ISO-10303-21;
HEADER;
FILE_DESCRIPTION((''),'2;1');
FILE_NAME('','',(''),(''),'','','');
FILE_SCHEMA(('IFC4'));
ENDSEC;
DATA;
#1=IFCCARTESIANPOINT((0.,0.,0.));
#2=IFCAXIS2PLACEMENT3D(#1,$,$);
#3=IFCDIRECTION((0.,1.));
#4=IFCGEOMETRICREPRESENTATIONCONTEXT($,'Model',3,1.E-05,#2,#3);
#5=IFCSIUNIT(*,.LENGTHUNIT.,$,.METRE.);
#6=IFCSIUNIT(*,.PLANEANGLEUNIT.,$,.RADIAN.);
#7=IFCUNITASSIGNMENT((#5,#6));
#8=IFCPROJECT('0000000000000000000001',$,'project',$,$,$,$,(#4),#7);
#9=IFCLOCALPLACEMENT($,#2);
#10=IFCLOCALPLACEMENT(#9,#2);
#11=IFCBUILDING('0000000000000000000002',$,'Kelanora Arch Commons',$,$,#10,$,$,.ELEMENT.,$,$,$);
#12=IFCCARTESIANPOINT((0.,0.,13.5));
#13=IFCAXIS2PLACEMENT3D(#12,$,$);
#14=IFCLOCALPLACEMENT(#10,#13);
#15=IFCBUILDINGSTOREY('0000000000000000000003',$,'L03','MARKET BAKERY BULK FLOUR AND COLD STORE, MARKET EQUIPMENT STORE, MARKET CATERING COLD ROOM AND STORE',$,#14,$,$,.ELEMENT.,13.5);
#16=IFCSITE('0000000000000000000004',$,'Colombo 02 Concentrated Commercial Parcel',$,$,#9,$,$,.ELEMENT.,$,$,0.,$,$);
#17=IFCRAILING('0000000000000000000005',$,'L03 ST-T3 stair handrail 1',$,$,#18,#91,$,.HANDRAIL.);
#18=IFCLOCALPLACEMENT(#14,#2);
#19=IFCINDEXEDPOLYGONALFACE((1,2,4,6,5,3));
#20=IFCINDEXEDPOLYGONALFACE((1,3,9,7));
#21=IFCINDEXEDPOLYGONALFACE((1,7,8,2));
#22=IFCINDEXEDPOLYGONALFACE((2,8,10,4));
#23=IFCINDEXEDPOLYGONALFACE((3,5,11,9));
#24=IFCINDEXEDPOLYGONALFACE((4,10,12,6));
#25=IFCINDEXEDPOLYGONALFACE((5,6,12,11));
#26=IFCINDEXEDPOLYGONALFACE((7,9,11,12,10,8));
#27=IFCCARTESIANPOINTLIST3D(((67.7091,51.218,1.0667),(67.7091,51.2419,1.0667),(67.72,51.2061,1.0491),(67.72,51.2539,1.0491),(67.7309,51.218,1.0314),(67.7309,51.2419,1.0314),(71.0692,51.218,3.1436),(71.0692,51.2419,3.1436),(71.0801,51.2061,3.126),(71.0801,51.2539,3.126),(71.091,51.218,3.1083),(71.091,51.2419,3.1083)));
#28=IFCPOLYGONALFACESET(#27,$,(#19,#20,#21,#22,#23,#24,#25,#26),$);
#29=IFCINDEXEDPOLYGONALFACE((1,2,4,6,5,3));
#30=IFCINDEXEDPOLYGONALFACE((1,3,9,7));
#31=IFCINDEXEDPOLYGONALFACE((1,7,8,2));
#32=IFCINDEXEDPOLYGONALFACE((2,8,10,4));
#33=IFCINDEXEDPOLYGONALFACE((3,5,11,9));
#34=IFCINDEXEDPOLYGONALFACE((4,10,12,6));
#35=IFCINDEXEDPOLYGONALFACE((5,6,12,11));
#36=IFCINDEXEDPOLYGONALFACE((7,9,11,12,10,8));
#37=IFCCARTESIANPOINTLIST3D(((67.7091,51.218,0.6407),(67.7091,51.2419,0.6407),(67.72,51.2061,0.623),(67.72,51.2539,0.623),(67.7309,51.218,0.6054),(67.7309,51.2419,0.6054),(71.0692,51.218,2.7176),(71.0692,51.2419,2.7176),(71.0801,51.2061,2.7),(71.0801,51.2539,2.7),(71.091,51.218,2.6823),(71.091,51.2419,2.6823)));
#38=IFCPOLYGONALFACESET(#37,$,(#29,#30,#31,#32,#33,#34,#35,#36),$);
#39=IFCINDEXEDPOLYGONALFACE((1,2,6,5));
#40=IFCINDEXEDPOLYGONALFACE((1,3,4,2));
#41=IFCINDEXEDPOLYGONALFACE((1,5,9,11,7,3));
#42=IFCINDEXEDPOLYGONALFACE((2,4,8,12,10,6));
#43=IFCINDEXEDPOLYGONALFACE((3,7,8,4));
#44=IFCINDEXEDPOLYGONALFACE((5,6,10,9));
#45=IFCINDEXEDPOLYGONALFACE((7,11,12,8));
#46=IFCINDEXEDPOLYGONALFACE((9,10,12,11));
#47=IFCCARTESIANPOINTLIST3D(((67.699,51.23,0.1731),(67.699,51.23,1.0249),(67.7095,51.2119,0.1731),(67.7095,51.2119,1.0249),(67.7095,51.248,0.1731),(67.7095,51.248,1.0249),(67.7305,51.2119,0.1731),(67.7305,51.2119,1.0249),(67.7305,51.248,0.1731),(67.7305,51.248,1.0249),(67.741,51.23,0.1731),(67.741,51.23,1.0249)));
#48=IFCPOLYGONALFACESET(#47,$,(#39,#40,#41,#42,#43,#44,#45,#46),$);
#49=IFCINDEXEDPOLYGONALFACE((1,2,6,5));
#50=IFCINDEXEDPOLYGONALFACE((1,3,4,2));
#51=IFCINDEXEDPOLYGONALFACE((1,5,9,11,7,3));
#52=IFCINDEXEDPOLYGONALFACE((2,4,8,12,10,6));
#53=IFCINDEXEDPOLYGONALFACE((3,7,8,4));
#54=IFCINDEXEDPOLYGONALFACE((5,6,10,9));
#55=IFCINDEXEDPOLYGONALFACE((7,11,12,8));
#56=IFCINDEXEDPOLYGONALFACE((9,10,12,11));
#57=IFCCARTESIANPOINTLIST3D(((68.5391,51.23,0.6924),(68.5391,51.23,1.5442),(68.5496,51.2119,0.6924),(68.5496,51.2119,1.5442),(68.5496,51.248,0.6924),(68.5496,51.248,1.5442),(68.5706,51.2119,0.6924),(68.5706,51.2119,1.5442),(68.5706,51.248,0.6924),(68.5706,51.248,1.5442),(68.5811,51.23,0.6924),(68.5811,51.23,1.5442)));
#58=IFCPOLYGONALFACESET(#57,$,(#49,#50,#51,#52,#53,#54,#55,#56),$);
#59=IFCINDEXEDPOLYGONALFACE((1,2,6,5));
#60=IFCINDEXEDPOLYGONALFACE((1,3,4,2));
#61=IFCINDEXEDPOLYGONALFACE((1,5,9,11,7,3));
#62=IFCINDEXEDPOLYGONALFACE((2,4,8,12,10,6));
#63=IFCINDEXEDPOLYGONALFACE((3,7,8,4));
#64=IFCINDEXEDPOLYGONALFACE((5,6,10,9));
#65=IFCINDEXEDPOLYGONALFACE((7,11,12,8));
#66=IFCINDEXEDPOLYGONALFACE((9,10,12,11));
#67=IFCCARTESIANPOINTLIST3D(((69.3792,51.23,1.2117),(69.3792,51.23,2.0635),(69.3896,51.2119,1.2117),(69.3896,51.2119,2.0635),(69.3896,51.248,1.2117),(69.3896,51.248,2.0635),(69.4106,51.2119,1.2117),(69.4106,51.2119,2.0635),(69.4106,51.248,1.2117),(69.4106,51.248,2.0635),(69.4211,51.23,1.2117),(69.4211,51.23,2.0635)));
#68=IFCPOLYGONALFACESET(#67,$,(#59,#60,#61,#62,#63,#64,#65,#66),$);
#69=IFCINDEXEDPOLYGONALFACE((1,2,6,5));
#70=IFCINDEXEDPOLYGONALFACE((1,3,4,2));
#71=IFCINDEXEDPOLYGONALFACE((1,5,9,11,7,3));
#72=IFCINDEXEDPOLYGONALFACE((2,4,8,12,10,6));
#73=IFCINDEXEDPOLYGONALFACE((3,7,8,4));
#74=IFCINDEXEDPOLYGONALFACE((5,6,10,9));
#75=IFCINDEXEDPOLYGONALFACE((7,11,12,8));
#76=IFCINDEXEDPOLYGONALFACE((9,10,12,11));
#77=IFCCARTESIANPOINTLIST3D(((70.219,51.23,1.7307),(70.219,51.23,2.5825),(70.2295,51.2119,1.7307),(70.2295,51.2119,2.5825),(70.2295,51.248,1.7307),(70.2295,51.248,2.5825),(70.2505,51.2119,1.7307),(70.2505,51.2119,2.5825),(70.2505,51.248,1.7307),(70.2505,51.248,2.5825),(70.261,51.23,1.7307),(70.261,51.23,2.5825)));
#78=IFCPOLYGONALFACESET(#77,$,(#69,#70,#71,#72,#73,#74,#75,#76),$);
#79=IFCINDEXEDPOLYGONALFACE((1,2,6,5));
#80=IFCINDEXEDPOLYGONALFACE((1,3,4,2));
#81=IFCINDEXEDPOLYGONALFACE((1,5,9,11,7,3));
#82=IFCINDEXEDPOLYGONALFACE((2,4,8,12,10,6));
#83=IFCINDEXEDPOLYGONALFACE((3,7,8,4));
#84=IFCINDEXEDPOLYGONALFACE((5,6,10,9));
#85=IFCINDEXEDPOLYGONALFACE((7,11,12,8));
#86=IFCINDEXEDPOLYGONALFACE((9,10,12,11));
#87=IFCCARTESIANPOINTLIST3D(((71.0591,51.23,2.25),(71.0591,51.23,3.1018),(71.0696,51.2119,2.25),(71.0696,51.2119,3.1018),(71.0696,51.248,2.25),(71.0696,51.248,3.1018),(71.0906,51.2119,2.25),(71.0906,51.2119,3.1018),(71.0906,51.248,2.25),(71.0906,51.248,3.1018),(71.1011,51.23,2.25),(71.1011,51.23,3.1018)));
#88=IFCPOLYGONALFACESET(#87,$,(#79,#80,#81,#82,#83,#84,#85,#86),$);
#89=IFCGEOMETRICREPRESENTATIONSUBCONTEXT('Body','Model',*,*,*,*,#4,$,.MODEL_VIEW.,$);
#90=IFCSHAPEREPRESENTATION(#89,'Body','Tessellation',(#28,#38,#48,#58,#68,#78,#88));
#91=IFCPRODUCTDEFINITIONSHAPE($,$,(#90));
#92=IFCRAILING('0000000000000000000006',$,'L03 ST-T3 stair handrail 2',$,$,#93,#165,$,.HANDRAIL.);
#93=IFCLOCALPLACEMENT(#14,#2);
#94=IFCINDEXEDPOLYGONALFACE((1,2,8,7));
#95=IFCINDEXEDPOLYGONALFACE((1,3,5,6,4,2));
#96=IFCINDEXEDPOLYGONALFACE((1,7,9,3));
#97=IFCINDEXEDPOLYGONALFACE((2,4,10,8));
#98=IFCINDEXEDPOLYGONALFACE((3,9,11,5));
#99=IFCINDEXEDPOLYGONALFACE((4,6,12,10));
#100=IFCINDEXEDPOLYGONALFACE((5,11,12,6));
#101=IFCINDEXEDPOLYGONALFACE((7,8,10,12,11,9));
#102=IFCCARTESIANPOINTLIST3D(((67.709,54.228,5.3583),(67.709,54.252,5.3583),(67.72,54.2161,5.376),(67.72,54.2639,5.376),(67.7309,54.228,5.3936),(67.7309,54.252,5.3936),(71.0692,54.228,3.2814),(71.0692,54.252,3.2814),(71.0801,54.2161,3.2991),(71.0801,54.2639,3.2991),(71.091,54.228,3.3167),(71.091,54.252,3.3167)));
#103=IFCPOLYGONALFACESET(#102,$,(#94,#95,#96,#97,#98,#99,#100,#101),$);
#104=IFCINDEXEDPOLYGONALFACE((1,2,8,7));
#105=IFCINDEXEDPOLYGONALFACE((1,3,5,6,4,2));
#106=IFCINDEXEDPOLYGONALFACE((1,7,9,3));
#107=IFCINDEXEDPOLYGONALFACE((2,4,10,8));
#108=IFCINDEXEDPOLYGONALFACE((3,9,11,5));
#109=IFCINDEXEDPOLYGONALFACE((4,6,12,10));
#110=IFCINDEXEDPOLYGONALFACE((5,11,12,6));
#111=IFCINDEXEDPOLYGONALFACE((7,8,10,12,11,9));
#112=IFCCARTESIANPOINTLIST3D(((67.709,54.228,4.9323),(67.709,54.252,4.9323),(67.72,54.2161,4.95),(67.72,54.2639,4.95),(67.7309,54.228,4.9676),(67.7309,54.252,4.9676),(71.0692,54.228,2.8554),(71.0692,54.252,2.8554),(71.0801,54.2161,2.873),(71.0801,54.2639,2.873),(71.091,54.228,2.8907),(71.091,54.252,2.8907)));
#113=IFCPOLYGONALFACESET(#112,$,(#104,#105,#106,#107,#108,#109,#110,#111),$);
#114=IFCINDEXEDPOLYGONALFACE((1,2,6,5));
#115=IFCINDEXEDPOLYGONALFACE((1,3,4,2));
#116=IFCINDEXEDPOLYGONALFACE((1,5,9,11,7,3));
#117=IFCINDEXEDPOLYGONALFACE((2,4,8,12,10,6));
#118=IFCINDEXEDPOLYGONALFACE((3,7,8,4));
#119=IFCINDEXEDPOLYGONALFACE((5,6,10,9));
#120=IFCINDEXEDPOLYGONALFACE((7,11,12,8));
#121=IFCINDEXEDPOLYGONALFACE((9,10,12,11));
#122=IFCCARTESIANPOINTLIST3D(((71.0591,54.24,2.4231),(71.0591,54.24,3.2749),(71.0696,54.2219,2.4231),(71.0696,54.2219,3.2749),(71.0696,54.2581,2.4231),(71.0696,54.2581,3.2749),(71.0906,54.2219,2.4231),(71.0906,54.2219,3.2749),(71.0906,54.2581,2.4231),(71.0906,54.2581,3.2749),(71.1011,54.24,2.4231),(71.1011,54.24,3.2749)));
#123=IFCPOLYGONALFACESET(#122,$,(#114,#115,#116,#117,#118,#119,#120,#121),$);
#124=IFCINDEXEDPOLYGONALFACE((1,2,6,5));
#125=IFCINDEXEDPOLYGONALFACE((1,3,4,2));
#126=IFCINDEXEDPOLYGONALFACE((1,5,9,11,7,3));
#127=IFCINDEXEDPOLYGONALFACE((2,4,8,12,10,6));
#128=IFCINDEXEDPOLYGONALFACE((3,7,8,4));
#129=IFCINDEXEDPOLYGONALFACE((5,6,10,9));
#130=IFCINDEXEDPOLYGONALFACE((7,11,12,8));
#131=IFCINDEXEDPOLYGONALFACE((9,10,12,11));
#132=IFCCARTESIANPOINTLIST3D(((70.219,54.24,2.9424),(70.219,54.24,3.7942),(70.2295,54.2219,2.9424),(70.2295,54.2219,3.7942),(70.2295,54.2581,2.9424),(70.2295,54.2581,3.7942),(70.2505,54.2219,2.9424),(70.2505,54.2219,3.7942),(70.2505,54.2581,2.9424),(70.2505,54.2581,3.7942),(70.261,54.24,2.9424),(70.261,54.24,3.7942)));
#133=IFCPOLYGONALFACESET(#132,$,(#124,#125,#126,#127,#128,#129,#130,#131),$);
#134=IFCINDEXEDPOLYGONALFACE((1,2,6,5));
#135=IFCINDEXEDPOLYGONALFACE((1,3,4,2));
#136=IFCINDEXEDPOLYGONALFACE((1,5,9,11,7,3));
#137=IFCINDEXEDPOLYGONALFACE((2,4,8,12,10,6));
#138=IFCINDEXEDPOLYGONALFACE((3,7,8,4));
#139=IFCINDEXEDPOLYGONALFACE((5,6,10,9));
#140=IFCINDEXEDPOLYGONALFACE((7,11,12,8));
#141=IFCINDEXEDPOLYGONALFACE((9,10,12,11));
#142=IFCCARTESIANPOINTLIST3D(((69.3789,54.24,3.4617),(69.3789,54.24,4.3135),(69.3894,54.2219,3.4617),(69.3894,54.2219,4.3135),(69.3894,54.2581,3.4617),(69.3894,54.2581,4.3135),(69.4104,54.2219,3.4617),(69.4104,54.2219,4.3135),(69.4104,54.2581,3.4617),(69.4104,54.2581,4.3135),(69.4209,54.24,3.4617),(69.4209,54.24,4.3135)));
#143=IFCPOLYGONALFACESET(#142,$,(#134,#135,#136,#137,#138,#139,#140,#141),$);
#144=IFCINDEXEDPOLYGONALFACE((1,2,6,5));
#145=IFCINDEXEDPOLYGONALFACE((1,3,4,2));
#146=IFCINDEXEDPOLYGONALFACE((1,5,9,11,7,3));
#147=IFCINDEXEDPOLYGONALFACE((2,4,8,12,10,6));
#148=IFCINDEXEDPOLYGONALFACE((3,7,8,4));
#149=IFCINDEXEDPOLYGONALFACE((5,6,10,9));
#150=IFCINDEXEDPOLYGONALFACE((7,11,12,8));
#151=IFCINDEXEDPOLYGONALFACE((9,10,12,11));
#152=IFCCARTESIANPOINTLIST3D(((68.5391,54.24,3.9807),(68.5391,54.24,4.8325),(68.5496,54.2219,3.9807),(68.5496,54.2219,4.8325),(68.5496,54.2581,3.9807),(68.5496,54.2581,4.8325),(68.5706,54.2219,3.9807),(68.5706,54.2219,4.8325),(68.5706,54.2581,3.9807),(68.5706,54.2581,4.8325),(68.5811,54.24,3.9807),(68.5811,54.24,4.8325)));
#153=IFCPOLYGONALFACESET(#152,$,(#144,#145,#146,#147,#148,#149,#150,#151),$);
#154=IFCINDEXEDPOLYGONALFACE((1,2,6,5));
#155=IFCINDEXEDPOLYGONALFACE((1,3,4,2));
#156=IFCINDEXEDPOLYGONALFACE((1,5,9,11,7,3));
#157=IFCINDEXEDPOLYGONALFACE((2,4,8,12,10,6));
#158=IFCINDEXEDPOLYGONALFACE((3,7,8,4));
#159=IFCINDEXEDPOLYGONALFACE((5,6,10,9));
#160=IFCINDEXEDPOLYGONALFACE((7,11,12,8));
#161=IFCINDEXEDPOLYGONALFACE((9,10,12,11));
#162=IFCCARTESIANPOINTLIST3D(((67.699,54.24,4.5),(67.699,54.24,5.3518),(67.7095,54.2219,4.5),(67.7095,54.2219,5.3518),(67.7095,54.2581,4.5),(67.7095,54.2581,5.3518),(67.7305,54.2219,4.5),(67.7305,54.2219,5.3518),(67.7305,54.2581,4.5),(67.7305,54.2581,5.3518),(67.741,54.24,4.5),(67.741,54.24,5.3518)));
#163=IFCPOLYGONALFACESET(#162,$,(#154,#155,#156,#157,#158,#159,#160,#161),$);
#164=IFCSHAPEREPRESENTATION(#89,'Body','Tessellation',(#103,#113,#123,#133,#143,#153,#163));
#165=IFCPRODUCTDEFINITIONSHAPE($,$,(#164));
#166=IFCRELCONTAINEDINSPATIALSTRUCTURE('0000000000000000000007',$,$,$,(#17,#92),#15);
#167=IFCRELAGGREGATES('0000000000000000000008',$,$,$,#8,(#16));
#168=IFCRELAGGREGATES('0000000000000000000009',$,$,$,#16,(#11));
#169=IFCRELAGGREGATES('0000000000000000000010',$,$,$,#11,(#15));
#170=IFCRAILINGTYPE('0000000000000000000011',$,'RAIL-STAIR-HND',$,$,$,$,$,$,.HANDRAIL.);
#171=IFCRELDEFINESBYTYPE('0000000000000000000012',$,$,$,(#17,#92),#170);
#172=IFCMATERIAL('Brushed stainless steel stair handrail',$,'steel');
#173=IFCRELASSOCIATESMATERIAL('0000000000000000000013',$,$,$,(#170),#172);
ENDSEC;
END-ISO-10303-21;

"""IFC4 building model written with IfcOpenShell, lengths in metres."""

from ifc_helpers import new_model, si_unit, direction, frame, origin, place, context, subcontext, project, spatial, polyline, outline, extrude, material, type_object, element, save


model = new_model("IFC4")

# Units and contexts
model_context = context("Model", 3, precision=1e-05, world=origin(), true_north=direction((0.0, 1.0)))
body_context = subcontext(model_context, "Body", "Model", "MODEL_VIEW")
ifc_project = project(units=[si_unit("LENGTHUNIT", "METRE"), si_unit("PLANEANGLEUNIT", "RADIAN")], contexts=[model_context])

# Site, building, storey
site_placement = place(None, origin())
site = spatial("IfcSite", under=ifc_project, at=site_placement, Name="Colombo 02 Concentrated Commercial Parcel", CompositionType="ELEMENT", RefElevation=0.0)
building_placement = place(site_placement, origin())
building = spatial("IfcBuilding", under=site, at=building_placement, Name="Kelanora Arch Commons", CompositionType="ELEMENT")
storey_placement = place(building_placement, frame((0.0, 0.0, 13.5)))
storey = spatial("IfcBuildingStorey", under=building, at=storey_placement, Name="L03", Description="MARKET BAKERY BULK FLOUR AND COLD STORE, MARKET EQUIPMENT STORE, MARKET CATERING COLD ROOM AND STORE", CompositionType="ELEMENT", Elevation=13.5)

# Railings
ifc_material_1 = material(Name="Brushed stainless steel stair handrail", Category="steel")
railing_type_1 = type_object("IfcRailingType", Name="RAIL-STAIR-HND", PredefinedType="HANDRAIL", material=ifc_material_1)
railing_1_placement = place(storey_placement, frame((67.72, 51.23, 0.1731)))
element("IfcRailing", 1, at=railing_1_placement, inside=storey, type_object=railing_type_1, Name="L03 ST-T3 stair handrail 1", PredefinedType="HANDRAIL", context=body_context, shape_type="SweptSolid", body=[
    extrude(outline(polyline([(0.0239, 0.0), (0.012, 0.0208), (-0.012, 0.0208), (-0.0239, 0.0), (-0.012, -0.0208), (0.012, -0.0208), (0.0239, 0.0)])), frame((0.0, 0.0, 0.876), z_axis=(0.850623, 0.0, 0.525776), x_axis=(0.0, 1.0, 0.0)), (0.0, 0.0, 1.0), 3.9502),
    extrude(outline(polyline([(0.0239, 0.0), (0.012, 0.0208), (-0.012, 0.0208), (-0.0239, 0.0), (-0.012, -0.0208), (0.012, -0.0208), (0.0239, 0.0)])), frame((0.0, 0.0, 0.45), z_axis=(0.850623, 0.0, 0.525776), x_axis=(0.0, 1.0, 0.0)), (0.0, 0.0, 1.0), 3.9502),
    extrude(outline(polyline([(0.021, 0.0), (0.0105, 0.0181), (-0.0105, 0.0181), (-0.021, 0.0), (-0.0105, -0.0181), (0.0105, -0.0181), (0.021, 0.0)])), origin(), (0.0, 0.0, 1.0), 0.8518),
    extrude(outline(polyline([(0.021, 0.0), (0.0105, 0.0181), (-0.0105, 0.0181), (-0.021, 0.0), (-0.0105, -0.0181), (0.0105, -0.0181), (0.021, 0.0)])), frame((0.8401, 0.0, 0.5193)), (0.0, 0.0, 1.0), 0.8518),
    extrude(outline(polyline([(0.021, 0.0), (0.0105, 0.0181), (-0.0105, 0.0181), (-0.021, 0.0), (-0.0105, -0.0181), (0.0105, -0.0181), (0.021, 0.0)])), frame((1.6802, 0.0, 1.0386)), (0.0, 0.0, 1.0), 0.8518),
    extrude(outline(polyline([(0.021, 0.0), (0.0105, 0.0181), (-0.0105, 0.0181), (-0.021, 0.0), (-0.0105, -0.0181), (0.0105, -0.0181), (0.021, 0.0)])), frame((2.52, 0.0, 1.5576)), (0.0, 0.0, 1.0), 0.8518),
    extrude(outline(polyline([(0.021, 0.0), (0.0105, 0.0181), (-0.0105, 0.0181), (-0.021, 0.0), (-0.0105, -0.0181), (0.0105, -0.0181), (0.021, 0.0)])), frame((3.3601, 0.0, 2.0769)), (0.0, 0.0, 1.0), 0.8518),
])
railing_2_placement = place(storey_placement, frame((71.0801, 54.24, 2.4231)))
element("IfcRailing", 2, at=railing_2_placement, inside=storey, type_object=railing_type_1, Name="L03 ST-T3 stair handrail 2", PredefinedType="HANDRAIL", context=body_context, shape_type="SweptSolid", body=[
    extrude(outline(polyline([(0.0239, 0.0), (0.012, 0.0208), (-0.012, 0.0208), (-0.0239, 0.0), (-0.012, -0.0208), (0.012, -0.0208), (0.0239, 0.0)])), frame((0.0, 0.0, 0.876), z_axis=(-0.850623, 0.0, 0.525776), x_axis=(0.0, -1.0, 0.0)), (0.0, 0.0, 1.0), 3.9502),
    extrude(outline(polyline([(0.0239, 0.0), (0.012, 0.0208), (-0.012, 0.0208), (-0.0239, 0.0), (-0.012, -0.0208), (0.012, -0.0208), (0.0239, 0.0)])), frame((0.0, 0.0, 0.45), z_axis=(-0.850623, 0.0, 0.525776), x_axis=(0.0, -1.0, 0.0)), (0.0, 0.0, 1.0), 3.9502),
    extrude(outline(polyline([(0.021, 0.0), (0.0105, 0.0181), (-0.0105, 0.0181), (-0.021, 0.0), (-0.0105, -0.0181), (0.0105, -0.0181), (0.021, 0.0)])), origin(), (0.0, 0.0, 1.0), 0.8518),
    extrude(outline(polyline([(0.021, 0.0), (0.0105, 0.0181), (-0.0105, 0.0181), (-0.021, 0.0), (-0.0105, -0.0181), (0.0105, -0.0181), (0.021, 0.0)])), frame((-0.8401, 0.0, 0.5193)), (0.0, 0.0, 1.0), 0.8518),
    extrude(outline(polyline([(0.021, 0.0), (0.0105, 0.0181), (-0.0105, 0.0181), (-0.021, 0.0), (-0.0105, -0.0181), (0.0105, -0.0181), (0.021, 0.0)])), frame((-1.6802, 0.0, 1.0386)), (0.0, 0.0, 1.0), 0.8518),
    extrude(outline(polyline([(0.021, 0.0), (0.0105, 0.0181), (-0.0105, 0.0181), (-0.021, 0.0), (-0.0105, -0.0181), (0.0105, -0.0181), (0.021, 0.0)])), frame((-2.52, 0.0, 1.5576)), (0.0, 0.0, 1.0), 0.8518),
    extrude(outline(polyline([(0.021, 0.0), (0.0105, 0.0181), (-0.0105, 0.0181), (-0.021, 0.0), (-0.0105, -0.0181), (0.0105, -0.0181), (0.021, 0.0)])), frame((-3.3601, 0.0, 2.0769)), (0.0, 0.0, 1.0), 0.8518),
])

save(model, "model.ifc")
